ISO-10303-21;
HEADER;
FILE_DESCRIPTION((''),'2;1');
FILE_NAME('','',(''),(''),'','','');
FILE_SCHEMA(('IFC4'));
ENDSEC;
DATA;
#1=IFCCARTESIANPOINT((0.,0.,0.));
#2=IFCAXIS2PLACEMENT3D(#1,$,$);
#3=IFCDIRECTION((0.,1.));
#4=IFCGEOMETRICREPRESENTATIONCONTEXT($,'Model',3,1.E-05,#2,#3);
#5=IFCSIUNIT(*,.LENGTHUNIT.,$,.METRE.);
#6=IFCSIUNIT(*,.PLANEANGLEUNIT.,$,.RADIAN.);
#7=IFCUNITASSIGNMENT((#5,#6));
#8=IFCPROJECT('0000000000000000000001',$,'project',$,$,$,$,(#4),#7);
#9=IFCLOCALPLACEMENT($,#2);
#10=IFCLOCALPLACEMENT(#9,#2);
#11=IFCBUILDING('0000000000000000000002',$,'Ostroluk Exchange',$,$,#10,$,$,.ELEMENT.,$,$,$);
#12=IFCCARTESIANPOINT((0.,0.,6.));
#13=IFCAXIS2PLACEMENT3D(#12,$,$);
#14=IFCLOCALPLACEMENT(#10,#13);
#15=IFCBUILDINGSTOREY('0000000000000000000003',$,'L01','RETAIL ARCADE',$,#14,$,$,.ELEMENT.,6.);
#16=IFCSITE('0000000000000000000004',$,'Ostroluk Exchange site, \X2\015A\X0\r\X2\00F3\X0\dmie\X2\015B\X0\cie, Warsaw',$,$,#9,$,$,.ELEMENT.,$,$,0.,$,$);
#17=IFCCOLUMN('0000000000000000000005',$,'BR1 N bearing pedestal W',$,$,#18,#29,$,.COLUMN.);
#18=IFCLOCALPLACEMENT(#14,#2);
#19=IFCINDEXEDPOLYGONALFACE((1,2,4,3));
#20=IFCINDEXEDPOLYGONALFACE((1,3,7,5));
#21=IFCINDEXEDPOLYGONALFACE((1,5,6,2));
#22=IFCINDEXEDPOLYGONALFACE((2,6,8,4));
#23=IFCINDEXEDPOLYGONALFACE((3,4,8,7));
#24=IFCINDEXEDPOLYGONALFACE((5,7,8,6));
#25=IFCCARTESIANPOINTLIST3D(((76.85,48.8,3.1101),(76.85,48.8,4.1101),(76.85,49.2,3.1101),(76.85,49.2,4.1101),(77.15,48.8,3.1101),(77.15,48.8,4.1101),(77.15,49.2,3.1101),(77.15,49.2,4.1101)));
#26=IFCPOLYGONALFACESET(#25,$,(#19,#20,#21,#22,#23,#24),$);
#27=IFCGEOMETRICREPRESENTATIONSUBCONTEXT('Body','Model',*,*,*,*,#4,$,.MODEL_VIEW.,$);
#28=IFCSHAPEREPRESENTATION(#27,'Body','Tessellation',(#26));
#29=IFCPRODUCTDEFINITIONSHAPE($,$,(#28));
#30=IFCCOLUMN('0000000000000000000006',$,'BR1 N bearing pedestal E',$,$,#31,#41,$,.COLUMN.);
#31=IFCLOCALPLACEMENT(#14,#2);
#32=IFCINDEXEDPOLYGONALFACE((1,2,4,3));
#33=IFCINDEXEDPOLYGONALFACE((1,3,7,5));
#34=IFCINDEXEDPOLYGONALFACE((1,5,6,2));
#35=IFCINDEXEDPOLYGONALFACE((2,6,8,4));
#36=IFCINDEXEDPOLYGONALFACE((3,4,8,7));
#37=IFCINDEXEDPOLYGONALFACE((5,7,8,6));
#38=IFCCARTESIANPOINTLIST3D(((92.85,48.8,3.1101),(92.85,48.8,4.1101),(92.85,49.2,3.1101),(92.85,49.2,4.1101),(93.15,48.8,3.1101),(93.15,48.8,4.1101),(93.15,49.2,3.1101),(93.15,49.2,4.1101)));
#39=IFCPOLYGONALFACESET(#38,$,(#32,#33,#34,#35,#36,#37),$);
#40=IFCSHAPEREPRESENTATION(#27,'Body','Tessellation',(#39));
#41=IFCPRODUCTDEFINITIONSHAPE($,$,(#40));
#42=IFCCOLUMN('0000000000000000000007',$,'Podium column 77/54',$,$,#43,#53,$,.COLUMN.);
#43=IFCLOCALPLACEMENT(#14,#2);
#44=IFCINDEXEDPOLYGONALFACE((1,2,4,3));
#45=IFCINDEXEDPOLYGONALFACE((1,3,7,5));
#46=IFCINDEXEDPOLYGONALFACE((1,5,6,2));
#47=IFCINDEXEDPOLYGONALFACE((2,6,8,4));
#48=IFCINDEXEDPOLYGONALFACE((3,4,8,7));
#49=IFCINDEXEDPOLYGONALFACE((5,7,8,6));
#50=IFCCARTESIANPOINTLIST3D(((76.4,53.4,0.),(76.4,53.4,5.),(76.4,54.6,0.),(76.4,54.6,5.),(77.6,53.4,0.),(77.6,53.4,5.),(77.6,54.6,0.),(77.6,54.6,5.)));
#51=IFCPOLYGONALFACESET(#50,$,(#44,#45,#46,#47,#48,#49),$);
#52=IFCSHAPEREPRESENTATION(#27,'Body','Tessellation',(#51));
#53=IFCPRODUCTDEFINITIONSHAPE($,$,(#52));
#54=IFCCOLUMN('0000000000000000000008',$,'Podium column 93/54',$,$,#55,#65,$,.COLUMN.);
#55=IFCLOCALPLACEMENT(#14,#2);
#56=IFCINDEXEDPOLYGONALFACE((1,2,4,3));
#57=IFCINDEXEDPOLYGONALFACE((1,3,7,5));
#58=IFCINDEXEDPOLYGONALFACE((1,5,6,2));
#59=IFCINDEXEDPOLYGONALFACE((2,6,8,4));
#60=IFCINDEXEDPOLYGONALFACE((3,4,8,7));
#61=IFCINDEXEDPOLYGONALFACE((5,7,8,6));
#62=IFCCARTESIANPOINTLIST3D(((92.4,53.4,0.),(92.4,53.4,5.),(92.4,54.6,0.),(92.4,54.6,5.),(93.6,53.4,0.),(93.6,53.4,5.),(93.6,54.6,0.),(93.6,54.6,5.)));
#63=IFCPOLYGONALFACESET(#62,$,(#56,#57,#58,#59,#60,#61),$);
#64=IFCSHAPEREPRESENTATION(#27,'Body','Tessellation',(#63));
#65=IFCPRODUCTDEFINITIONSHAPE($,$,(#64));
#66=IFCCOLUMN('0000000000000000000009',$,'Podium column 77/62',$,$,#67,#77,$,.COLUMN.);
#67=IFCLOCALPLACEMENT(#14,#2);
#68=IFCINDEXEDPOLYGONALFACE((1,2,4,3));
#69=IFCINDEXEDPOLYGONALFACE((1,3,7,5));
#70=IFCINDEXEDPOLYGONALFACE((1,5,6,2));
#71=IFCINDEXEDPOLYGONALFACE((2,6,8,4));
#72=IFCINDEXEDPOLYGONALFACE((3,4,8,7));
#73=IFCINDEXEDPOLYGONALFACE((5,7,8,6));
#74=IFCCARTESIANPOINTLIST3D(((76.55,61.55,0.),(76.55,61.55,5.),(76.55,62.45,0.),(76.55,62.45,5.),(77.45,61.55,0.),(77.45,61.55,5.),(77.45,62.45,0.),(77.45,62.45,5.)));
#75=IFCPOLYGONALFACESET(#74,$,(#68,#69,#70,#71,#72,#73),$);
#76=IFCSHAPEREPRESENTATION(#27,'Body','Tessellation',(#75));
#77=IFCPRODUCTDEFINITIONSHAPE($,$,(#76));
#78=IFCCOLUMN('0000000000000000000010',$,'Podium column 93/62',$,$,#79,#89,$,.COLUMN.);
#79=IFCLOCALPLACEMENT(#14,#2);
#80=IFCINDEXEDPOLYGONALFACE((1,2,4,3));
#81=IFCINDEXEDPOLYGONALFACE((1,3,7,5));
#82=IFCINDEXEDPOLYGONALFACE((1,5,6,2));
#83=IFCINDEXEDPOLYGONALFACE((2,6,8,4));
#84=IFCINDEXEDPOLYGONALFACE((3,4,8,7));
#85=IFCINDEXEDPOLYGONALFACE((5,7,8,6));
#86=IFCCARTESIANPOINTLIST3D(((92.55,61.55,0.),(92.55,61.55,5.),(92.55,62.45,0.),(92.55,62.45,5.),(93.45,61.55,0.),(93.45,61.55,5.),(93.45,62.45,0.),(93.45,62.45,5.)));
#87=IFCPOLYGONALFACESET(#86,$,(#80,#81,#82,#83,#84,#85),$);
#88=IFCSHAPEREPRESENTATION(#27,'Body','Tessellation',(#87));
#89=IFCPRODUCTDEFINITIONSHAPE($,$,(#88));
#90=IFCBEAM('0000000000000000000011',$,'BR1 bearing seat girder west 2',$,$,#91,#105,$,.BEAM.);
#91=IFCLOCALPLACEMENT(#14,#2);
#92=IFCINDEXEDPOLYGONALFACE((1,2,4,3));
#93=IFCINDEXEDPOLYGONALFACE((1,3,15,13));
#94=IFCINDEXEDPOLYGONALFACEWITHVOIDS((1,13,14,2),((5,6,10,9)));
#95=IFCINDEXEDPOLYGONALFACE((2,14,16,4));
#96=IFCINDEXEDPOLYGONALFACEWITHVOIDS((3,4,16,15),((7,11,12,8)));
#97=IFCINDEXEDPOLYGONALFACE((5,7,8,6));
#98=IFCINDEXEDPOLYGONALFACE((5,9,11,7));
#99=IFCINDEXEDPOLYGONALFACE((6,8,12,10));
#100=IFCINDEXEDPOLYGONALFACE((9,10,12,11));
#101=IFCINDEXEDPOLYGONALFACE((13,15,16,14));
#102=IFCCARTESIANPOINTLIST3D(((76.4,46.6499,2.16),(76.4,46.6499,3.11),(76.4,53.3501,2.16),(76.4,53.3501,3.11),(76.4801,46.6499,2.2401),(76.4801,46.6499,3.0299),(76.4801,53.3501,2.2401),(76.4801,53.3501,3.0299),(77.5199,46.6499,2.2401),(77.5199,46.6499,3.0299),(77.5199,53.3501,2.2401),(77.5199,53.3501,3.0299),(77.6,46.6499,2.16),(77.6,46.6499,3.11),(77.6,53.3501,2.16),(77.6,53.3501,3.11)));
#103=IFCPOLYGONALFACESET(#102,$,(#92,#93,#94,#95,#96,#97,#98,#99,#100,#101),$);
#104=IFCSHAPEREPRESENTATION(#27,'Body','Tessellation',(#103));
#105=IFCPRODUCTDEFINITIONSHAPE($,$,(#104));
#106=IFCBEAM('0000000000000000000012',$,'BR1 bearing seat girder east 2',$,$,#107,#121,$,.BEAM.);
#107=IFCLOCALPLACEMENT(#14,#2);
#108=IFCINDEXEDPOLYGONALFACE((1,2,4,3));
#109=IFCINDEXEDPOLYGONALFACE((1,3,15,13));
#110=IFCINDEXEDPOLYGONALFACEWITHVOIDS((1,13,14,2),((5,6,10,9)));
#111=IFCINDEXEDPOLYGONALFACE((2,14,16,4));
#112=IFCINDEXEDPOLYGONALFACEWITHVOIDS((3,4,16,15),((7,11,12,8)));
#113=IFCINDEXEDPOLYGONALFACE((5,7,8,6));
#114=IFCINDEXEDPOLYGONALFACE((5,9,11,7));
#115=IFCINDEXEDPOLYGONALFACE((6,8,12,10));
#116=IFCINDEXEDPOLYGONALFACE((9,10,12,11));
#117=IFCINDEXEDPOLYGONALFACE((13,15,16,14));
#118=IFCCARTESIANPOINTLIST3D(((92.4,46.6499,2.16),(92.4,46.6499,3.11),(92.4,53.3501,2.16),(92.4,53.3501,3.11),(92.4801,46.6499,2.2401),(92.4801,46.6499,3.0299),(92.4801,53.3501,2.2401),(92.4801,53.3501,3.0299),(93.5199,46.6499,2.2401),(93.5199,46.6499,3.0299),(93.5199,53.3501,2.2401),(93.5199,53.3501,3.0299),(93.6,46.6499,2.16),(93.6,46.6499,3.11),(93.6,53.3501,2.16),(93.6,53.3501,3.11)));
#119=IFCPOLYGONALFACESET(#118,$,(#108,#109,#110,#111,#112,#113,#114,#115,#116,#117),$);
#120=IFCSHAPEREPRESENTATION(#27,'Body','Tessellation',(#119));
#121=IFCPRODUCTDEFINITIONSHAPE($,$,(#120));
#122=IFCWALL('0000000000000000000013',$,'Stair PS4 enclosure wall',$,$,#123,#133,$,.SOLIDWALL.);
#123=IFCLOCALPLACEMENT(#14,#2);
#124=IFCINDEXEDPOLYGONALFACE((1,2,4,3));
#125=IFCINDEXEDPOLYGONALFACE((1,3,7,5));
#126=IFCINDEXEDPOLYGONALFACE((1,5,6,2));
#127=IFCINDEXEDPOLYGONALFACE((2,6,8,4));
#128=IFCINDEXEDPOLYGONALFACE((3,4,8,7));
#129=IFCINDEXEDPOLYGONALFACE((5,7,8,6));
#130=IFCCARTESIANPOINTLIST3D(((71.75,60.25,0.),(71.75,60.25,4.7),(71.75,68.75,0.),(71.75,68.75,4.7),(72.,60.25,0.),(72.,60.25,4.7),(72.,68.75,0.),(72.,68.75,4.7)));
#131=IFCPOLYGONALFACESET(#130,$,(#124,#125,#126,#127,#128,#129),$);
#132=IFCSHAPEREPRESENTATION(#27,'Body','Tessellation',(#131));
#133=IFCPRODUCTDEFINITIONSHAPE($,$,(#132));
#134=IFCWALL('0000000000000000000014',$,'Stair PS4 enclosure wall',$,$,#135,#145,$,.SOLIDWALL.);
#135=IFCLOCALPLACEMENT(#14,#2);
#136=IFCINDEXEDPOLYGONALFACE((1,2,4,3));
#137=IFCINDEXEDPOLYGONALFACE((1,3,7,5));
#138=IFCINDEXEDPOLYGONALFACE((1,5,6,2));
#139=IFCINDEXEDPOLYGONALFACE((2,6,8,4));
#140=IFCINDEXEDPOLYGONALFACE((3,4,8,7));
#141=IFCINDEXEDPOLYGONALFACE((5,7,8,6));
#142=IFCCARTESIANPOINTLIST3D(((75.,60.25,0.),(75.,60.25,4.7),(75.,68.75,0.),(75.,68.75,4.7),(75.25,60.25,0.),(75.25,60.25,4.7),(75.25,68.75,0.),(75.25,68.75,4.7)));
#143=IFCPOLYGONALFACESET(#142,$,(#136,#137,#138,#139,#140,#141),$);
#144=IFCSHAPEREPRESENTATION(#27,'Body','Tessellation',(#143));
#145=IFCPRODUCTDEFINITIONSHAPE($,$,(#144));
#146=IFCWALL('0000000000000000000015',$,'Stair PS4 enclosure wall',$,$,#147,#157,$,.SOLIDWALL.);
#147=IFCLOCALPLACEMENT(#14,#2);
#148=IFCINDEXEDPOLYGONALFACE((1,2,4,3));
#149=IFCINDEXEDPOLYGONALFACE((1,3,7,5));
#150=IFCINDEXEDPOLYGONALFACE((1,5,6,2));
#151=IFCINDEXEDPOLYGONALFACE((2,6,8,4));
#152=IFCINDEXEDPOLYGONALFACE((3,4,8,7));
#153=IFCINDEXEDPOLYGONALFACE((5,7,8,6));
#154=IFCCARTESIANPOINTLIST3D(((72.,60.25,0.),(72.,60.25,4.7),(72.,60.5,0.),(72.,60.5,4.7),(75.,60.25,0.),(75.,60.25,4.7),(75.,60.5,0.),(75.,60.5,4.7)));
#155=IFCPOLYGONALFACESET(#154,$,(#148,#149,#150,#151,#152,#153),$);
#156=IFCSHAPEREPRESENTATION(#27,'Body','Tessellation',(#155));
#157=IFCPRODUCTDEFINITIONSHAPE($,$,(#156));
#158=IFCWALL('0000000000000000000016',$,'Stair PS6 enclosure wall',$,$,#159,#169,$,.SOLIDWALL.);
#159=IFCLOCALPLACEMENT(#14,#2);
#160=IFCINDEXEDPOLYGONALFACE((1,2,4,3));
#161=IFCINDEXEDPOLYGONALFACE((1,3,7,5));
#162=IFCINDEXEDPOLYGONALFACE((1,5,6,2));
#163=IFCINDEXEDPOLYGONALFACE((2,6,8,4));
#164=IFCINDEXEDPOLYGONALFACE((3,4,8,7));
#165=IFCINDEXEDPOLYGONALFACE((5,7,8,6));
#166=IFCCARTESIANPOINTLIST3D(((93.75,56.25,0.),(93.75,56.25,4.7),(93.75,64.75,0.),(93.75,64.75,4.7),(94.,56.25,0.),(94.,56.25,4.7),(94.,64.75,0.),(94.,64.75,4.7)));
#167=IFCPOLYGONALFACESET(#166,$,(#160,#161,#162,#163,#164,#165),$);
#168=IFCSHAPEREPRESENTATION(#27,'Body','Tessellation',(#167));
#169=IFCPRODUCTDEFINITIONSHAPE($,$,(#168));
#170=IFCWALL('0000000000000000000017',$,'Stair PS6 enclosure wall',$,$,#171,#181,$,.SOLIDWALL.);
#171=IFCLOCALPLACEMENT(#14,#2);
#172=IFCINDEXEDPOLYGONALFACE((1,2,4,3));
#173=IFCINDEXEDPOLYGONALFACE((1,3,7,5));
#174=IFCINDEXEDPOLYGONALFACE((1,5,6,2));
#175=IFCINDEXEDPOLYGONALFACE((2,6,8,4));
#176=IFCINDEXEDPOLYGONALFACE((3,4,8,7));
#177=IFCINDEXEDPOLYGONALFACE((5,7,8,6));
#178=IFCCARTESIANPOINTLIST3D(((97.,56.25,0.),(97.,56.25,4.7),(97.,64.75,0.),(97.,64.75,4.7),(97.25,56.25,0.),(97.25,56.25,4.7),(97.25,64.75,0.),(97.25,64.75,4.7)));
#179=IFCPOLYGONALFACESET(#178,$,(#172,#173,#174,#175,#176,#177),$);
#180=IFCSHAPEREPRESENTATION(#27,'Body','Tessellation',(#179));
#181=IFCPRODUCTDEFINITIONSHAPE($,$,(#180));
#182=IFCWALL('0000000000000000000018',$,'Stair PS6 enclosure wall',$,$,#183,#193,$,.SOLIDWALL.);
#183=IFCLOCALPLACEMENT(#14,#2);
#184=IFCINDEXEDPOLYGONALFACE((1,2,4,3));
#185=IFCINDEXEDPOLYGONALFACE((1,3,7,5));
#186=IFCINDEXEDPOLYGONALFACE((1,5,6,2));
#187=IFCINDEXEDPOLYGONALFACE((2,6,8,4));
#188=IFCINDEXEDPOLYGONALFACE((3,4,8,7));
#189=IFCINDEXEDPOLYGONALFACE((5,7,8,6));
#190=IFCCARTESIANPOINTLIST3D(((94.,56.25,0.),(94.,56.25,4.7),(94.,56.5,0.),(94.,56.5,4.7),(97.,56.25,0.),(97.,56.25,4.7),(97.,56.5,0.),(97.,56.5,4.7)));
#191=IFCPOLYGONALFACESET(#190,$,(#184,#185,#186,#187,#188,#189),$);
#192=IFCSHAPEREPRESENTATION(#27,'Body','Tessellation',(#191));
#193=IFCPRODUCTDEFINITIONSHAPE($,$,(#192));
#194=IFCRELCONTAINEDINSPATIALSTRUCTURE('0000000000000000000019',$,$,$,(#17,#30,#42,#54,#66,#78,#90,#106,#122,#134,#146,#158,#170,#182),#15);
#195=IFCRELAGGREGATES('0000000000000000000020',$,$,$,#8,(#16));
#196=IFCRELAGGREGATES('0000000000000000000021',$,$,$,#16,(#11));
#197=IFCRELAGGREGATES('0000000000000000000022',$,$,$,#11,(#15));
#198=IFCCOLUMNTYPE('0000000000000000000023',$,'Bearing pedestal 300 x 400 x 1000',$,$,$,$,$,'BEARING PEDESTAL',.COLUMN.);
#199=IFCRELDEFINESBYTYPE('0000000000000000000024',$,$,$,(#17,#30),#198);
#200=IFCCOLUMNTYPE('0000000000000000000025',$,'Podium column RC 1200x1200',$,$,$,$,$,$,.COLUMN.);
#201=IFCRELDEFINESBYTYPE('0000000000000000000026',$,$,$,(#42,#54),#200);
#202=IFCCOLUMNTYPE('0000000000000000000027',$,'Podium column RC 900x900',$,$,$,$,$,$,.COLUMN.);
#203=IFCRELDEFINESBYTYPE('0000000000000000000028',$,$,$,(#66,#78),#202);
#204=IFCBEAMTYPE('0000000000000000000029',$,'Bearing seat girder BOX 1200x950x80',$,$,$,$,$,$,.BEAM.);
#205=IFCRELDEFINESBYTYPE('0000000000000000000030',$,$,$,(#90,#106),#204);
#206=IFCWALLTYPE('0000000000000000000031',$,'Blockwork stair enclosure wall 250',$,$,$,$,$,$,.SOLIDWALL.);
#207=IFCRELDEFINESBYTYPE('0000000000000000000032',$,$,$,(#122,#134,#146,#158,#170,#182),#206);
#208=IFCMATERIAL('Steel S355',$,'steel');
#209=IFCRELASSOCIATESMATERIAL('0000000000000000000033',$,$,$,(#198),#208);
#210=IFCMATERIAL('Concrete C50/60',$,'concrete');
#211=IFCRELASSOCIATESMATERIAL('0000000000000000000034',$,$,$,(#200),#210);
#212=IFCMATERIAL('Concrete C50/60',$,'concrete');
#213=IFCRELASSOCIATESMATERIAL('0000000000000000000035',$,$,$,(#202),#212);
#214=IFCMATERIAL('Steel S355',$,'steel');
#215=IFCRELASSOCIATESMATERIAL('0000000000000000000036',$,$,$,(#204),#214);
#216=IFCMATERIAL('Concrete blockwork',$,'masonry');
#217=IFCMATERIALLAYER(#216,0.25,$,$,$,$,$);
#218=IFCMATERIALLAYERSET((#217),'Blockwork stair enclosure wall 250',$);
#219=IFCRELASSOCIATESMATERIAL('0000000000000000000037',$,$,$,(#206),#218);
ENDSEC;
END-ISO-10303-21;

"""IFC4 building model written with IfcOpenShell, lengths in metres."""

from ifc_helpers import new_model, si_unit, direction, frame, frame_2d, origin, origin_2d, place, context, subcontext, project, spatial, rectangle, hollow_rectangle, extrude, material, layer, layer_set, material_profile, profile_set, type_object, element, save


model = new_model("IFC4")

# Units and contexts
model_context = context("Model", 3, precision=1e-05, world=origin(), true_north=direction((0.0, 1.0)))
body_context = subcontext(model_context, "Body", "Model", "MODEL_VIEW")
ifc_project = project(units=[si_unit("LENGTHUNIT", "METRE"), si_unit("PLANEANGLEUNIT", "RADIAN")], contexts=[model_context])

# Site, building, storey
site_placement = place(None, origin())
site = spatial("IfcSite", under=ifc_project, at=site_placement, Name="Ostroluk Exchange site, Śródmieście, Warsaw", CompositionType="ELEMENT", RefElevation=0.0)
building_placement = place(site_placement, origin())
building = spatial("IfcBuilding", under=site, at=building_placement, Name="Ostroluk Exchange", CompositionType="ELEMENT")
storey_placement = place(building_placement, frame((0.0, 0.0, 6.0)))
storey = spatial("IfcBuildingStorey", under=building, at=storey_placement, Name="L01", Description="RETAIL ARCADE", CompositionType="ELEMENT", Elevation=6.0)

# Columns
ifc_material_1 = material(Name="Steel S355", Category="steel")
ifc_material_profile_1 = material_profile(ifc_material_1, rectangle(XDim=0.3, YDim=0.3999, at=origin_2d()), Name="PL 300x400")
ifc_profile_set_1 = profile_set([ifc_material_profile_1], Name="Steel S355")
column_type_1 = type_object("IfcColumnType", Name="Bearing pedestal 300 x 400 x 1000", ElementType="BEARING PEDESTAL", PredefinedType="COLUMN", material=ifc_profile_set_1)
for number, where, z_axis, x_axis, name in (
    (1, (77.0, 49.0, 3.1101), (0.0, 0.0, 1.0), (1.0, 0.0, 0.0), "BR1 N bearing pedestal W"),
    (2, (93.0, 49.0, 3.1101), (0.0, 0.0, 1.0), (1.0, 0.0, 0.0), "BR1 N bearing pedestal E"),
):
    element("IfcColumn", number, at=place(storey_placement, frame(where, z_axis=z_axis, x_axis=x_axis)), inside=storey, type_object=column_type_1, Name=name, PredefinedType="COLUMN", context=body_context, shape_type="SweptSolid", body=[
        extrude(rectangle(XDim=0.3, YDim=0.3999, at=origin_2d()), origin(), (0.0, 0.0, 1.0), 1.0),
    ])
ifc_material_2 = material(Name="Concrete C50/60", Category="concrete")
ifc_material_profile_2 = material_profile(ifc_material_2, rectangle(XDim=1.2, YDim=1.2, at=origin_2d()), Name="RC 1200x1200")
ifc_profile_set_2 = profile_set([ifc_material_profile_2], Name="Concrete C50/60")
column_type_2 = type_object("IfcColumnType", Name="Podium column RC 1200x1200", PredefinedType="COLUMN", material=ifc_profile_set_2)
for number, where, z_axis, x_axis, name in (
    (3, (77.0, 54.0, 0.0), (0.0, 0.0, 1.0), (1.0, 0.0, 0.0), "Podium column 77/54"),
    (4, (93.0, 54.0, 0.0), (0.0, 0.0, 1.0), (1.0, 0.0, 0.0), "Podium column 93/54"),
):
    element("IfcColumn", number, at=place(storey_placement, frame(where, z_axis=z_axis, x_axis=x_axis)), inside=storey, type_object=column_type_2, Name=name, PredefinedType="COLUMN", context=body_context, shape_type="SweptSolid", body=[
        extrude(rectangle(XDim=1.2, YDim=1.2, at=origin_2d()), origin(), (0.0, 0.0, 1.0), 5.0),
    ])
ifc_material_3 = material(Name="Concrete C50/60", Category="concrete")
ifc_material_profile_3 = material_profile(ifc_material_3, rectangle(XDim=0.8999, YDim=0.8999, at=origin_2d()), Name="RC 900x900")
ifc_profile_set_3 = profile_set([ifc_material_profile_3], Name="Concrete C50/60")
column_type_3 = type_object("IfcColumnType", Name="Podium column RC 900x900", PredefinedType="COLUMN", material=ifc_profile_set_3)
for number, where, z_axis, x_axis, name in (
    (5, (77.0, 62.0, 0.0), (0.0, 0.0, 1.0), (1.0, 0.0, 0.0), "Podium column 77/62"),
    (6, (93.0, 62.0, 0.0), (0.0, 0.0, 1.0), (1.0, 0.0, 0.0), "Podium column 93/62"),
):
    element("IfcColumn", number, at=place(storey_placement, frame(where, z_axis=z_axis, x_axis=x_axis)), inside=storey, type_object=column_type_3, Name=name, PredefinedType="COLUMN", context=body_context, shape_type="SweptSolid", body=[
        extrude(rectangle(XDim=0.8999, YDim=0.8999, at=origin_2d()), origin(), (0.0, 0.0, 1.0), 5.0),
    ])

# Beams
ifc_material_4 = material(Name="Steel S355", Category="steel")
ifc_material_profile_4 = material_profile(ifc_material_4, hollow_rectangle(XDim=1.2, YDim=0.95, WallThickness=0.0801, at=origin_2d()), Name="BOX 1200x950x80")
ifc_profile_set_4 = profile_set([ifc_material_profile_4], Name="Steel S355")
beam_type = type_object("IfcBeamType", Name="Bearing seat girder BOX 1200x950x80", PredefinedType="BEAM", material=ifc_profile_set_4)
for number, where, z_axis, x_axis, name in (
    (7, (77.0, 46.6499, 2.635), (0.0, 1.0, 0.0), (-1.0, 0.0, 0.0), "BR1 bearing seat girder west 2"),
    (8, (93.0, 46.6499, 2.635), (0.0, 1.0, 0.0), (-1.0, 0.0, 0.0), "BR1 bearing seat girder east 2"),
):
    element("IfcBeam", number, at=place(storey_placement, frame(where, z_axis=z_axis, x_axis=x_axis)), inside=storey, type_object=beam_type, Name=name, PredefinedType="BEAM", context=body_context, shape_type="SweptSolid", body=[
        extrude(hollow_rectangle(XDim=1.2, YDim=0.95, WallThickness=0.0801, at=origin_2d()), origin(), (0.0, 0.0, 1.0), 6.7002),
    ])

# Walls
ifc_material_5 = material(Name="Concrete blockwork", Category="masonry")
ifc_layer_1 = layer(ifc_material_5, 0.25)
ifc_layer_set_1 = layer_set([ifc_layer_1], Name="Blockwork stair enclosure wall 250")
wall_type_1 = type_object("IfcWallType", Name="Blockwork stair enclosure wall 250", PredefinedType="SOLIDWALL", material=ifc_layer_set_1)
for number, where, z_axis, x_axis, name in (
    (9, (71.875, 60.25, 0.0), (0.0, 0.0, 1.0), (0.0, 1.0, 0.0), "Stair PS4 enclosure wall"),
    (10, (75.125, 60.25, 0.0), (0.0, 0.0, 1.0), (0.0, 1.0, 0.0), "Stair PS4 enclosure wall"),
):
    element("IfcWall", number, at=place(storey_placement, frame(where, z_axis=z_axis, x_axis=x_axis)), inside=storey, type_object=wall_type_1, Name=name, PredefinedType="SOLIDWALL", context=body_context, shape_type="SweptSolid", body=[
        extrude(rectangle(XDim=8.5, YDim=0.25, at=frame_2d((4.25, 0.0))), origin(), (0.0, 0.0, 1.0), 4.7),
    ])
wall_1_placement = place(storey_placement, frame((72.0, 60.375, 0.0), z_axis=(0.0, 0.0, 1.0), x_axis=(1.0, 0.0, 0.0)))
element("IfcWall", 11, at=wall_1_placement, inside=storey, type_object=wall_type_1, Name="Stair PS4 enclosure wall", PredefinedType="SOLIDWALL", context=body_context, shape_type="SweptSolid", body=[
    extrude(rectangle(XDim=3.0, YDim=0.25, at=frame_2d((1.5, 0.0))), origin(), (0.0, 0.0, 1.0), 4.7),
])
for number, where, z_axis, x_axis, name in (
    (12, (93.875, 56.25, 0.0), (0.0, 0.0, 1.0), (0.0, 1.0, 0.0), "Stair PS6 enclosure wall"),
    (13, (97.125, 56.25, 0.0), (0.0, 0.0, 1.0), (0.0, 1.0, 0.0), "Stair PS6 enclosure wall"),
):
    element("IfcWall", number, at=place(storey_placement, frame(where, z_axis=z_axis, x_axis=x_axis)), inside=storey, type_object=wall_type_1, Name=name, PredefinedType="SOLIDWALL", context=body_context, shape_type="SweptSolid", body=[
        extrude(rectangle(XDim=8.5, YDim=0.25, at=frame_2d((4.25, 0.0))), origin(), (0.0, 0.0, 1.0), 4.7),
    ])
wall_2_placement = place(storey_placement, frame((94.0, 56.375, 0.0), z_axis=(0.0, 0.0, 1.0), x_axis=(1.0, 0.0, 0.0)))
element("IfcWall", 14, at=wall_2_placement, inside=storey, type_object=wall_type_1, Name="Stair PS6 enclosure wall", PredefinedType="SOLIDWALL", context=body_context, shape_type="SweptSolid", body=[
    extrude(rectangle(XDim=3.0, YDim=0.25, at=frame_2d((1.5, 0.0))), origin(), (0.0, 0.0, 1.0), 4.7),
])

save(model, "model.ifc")
